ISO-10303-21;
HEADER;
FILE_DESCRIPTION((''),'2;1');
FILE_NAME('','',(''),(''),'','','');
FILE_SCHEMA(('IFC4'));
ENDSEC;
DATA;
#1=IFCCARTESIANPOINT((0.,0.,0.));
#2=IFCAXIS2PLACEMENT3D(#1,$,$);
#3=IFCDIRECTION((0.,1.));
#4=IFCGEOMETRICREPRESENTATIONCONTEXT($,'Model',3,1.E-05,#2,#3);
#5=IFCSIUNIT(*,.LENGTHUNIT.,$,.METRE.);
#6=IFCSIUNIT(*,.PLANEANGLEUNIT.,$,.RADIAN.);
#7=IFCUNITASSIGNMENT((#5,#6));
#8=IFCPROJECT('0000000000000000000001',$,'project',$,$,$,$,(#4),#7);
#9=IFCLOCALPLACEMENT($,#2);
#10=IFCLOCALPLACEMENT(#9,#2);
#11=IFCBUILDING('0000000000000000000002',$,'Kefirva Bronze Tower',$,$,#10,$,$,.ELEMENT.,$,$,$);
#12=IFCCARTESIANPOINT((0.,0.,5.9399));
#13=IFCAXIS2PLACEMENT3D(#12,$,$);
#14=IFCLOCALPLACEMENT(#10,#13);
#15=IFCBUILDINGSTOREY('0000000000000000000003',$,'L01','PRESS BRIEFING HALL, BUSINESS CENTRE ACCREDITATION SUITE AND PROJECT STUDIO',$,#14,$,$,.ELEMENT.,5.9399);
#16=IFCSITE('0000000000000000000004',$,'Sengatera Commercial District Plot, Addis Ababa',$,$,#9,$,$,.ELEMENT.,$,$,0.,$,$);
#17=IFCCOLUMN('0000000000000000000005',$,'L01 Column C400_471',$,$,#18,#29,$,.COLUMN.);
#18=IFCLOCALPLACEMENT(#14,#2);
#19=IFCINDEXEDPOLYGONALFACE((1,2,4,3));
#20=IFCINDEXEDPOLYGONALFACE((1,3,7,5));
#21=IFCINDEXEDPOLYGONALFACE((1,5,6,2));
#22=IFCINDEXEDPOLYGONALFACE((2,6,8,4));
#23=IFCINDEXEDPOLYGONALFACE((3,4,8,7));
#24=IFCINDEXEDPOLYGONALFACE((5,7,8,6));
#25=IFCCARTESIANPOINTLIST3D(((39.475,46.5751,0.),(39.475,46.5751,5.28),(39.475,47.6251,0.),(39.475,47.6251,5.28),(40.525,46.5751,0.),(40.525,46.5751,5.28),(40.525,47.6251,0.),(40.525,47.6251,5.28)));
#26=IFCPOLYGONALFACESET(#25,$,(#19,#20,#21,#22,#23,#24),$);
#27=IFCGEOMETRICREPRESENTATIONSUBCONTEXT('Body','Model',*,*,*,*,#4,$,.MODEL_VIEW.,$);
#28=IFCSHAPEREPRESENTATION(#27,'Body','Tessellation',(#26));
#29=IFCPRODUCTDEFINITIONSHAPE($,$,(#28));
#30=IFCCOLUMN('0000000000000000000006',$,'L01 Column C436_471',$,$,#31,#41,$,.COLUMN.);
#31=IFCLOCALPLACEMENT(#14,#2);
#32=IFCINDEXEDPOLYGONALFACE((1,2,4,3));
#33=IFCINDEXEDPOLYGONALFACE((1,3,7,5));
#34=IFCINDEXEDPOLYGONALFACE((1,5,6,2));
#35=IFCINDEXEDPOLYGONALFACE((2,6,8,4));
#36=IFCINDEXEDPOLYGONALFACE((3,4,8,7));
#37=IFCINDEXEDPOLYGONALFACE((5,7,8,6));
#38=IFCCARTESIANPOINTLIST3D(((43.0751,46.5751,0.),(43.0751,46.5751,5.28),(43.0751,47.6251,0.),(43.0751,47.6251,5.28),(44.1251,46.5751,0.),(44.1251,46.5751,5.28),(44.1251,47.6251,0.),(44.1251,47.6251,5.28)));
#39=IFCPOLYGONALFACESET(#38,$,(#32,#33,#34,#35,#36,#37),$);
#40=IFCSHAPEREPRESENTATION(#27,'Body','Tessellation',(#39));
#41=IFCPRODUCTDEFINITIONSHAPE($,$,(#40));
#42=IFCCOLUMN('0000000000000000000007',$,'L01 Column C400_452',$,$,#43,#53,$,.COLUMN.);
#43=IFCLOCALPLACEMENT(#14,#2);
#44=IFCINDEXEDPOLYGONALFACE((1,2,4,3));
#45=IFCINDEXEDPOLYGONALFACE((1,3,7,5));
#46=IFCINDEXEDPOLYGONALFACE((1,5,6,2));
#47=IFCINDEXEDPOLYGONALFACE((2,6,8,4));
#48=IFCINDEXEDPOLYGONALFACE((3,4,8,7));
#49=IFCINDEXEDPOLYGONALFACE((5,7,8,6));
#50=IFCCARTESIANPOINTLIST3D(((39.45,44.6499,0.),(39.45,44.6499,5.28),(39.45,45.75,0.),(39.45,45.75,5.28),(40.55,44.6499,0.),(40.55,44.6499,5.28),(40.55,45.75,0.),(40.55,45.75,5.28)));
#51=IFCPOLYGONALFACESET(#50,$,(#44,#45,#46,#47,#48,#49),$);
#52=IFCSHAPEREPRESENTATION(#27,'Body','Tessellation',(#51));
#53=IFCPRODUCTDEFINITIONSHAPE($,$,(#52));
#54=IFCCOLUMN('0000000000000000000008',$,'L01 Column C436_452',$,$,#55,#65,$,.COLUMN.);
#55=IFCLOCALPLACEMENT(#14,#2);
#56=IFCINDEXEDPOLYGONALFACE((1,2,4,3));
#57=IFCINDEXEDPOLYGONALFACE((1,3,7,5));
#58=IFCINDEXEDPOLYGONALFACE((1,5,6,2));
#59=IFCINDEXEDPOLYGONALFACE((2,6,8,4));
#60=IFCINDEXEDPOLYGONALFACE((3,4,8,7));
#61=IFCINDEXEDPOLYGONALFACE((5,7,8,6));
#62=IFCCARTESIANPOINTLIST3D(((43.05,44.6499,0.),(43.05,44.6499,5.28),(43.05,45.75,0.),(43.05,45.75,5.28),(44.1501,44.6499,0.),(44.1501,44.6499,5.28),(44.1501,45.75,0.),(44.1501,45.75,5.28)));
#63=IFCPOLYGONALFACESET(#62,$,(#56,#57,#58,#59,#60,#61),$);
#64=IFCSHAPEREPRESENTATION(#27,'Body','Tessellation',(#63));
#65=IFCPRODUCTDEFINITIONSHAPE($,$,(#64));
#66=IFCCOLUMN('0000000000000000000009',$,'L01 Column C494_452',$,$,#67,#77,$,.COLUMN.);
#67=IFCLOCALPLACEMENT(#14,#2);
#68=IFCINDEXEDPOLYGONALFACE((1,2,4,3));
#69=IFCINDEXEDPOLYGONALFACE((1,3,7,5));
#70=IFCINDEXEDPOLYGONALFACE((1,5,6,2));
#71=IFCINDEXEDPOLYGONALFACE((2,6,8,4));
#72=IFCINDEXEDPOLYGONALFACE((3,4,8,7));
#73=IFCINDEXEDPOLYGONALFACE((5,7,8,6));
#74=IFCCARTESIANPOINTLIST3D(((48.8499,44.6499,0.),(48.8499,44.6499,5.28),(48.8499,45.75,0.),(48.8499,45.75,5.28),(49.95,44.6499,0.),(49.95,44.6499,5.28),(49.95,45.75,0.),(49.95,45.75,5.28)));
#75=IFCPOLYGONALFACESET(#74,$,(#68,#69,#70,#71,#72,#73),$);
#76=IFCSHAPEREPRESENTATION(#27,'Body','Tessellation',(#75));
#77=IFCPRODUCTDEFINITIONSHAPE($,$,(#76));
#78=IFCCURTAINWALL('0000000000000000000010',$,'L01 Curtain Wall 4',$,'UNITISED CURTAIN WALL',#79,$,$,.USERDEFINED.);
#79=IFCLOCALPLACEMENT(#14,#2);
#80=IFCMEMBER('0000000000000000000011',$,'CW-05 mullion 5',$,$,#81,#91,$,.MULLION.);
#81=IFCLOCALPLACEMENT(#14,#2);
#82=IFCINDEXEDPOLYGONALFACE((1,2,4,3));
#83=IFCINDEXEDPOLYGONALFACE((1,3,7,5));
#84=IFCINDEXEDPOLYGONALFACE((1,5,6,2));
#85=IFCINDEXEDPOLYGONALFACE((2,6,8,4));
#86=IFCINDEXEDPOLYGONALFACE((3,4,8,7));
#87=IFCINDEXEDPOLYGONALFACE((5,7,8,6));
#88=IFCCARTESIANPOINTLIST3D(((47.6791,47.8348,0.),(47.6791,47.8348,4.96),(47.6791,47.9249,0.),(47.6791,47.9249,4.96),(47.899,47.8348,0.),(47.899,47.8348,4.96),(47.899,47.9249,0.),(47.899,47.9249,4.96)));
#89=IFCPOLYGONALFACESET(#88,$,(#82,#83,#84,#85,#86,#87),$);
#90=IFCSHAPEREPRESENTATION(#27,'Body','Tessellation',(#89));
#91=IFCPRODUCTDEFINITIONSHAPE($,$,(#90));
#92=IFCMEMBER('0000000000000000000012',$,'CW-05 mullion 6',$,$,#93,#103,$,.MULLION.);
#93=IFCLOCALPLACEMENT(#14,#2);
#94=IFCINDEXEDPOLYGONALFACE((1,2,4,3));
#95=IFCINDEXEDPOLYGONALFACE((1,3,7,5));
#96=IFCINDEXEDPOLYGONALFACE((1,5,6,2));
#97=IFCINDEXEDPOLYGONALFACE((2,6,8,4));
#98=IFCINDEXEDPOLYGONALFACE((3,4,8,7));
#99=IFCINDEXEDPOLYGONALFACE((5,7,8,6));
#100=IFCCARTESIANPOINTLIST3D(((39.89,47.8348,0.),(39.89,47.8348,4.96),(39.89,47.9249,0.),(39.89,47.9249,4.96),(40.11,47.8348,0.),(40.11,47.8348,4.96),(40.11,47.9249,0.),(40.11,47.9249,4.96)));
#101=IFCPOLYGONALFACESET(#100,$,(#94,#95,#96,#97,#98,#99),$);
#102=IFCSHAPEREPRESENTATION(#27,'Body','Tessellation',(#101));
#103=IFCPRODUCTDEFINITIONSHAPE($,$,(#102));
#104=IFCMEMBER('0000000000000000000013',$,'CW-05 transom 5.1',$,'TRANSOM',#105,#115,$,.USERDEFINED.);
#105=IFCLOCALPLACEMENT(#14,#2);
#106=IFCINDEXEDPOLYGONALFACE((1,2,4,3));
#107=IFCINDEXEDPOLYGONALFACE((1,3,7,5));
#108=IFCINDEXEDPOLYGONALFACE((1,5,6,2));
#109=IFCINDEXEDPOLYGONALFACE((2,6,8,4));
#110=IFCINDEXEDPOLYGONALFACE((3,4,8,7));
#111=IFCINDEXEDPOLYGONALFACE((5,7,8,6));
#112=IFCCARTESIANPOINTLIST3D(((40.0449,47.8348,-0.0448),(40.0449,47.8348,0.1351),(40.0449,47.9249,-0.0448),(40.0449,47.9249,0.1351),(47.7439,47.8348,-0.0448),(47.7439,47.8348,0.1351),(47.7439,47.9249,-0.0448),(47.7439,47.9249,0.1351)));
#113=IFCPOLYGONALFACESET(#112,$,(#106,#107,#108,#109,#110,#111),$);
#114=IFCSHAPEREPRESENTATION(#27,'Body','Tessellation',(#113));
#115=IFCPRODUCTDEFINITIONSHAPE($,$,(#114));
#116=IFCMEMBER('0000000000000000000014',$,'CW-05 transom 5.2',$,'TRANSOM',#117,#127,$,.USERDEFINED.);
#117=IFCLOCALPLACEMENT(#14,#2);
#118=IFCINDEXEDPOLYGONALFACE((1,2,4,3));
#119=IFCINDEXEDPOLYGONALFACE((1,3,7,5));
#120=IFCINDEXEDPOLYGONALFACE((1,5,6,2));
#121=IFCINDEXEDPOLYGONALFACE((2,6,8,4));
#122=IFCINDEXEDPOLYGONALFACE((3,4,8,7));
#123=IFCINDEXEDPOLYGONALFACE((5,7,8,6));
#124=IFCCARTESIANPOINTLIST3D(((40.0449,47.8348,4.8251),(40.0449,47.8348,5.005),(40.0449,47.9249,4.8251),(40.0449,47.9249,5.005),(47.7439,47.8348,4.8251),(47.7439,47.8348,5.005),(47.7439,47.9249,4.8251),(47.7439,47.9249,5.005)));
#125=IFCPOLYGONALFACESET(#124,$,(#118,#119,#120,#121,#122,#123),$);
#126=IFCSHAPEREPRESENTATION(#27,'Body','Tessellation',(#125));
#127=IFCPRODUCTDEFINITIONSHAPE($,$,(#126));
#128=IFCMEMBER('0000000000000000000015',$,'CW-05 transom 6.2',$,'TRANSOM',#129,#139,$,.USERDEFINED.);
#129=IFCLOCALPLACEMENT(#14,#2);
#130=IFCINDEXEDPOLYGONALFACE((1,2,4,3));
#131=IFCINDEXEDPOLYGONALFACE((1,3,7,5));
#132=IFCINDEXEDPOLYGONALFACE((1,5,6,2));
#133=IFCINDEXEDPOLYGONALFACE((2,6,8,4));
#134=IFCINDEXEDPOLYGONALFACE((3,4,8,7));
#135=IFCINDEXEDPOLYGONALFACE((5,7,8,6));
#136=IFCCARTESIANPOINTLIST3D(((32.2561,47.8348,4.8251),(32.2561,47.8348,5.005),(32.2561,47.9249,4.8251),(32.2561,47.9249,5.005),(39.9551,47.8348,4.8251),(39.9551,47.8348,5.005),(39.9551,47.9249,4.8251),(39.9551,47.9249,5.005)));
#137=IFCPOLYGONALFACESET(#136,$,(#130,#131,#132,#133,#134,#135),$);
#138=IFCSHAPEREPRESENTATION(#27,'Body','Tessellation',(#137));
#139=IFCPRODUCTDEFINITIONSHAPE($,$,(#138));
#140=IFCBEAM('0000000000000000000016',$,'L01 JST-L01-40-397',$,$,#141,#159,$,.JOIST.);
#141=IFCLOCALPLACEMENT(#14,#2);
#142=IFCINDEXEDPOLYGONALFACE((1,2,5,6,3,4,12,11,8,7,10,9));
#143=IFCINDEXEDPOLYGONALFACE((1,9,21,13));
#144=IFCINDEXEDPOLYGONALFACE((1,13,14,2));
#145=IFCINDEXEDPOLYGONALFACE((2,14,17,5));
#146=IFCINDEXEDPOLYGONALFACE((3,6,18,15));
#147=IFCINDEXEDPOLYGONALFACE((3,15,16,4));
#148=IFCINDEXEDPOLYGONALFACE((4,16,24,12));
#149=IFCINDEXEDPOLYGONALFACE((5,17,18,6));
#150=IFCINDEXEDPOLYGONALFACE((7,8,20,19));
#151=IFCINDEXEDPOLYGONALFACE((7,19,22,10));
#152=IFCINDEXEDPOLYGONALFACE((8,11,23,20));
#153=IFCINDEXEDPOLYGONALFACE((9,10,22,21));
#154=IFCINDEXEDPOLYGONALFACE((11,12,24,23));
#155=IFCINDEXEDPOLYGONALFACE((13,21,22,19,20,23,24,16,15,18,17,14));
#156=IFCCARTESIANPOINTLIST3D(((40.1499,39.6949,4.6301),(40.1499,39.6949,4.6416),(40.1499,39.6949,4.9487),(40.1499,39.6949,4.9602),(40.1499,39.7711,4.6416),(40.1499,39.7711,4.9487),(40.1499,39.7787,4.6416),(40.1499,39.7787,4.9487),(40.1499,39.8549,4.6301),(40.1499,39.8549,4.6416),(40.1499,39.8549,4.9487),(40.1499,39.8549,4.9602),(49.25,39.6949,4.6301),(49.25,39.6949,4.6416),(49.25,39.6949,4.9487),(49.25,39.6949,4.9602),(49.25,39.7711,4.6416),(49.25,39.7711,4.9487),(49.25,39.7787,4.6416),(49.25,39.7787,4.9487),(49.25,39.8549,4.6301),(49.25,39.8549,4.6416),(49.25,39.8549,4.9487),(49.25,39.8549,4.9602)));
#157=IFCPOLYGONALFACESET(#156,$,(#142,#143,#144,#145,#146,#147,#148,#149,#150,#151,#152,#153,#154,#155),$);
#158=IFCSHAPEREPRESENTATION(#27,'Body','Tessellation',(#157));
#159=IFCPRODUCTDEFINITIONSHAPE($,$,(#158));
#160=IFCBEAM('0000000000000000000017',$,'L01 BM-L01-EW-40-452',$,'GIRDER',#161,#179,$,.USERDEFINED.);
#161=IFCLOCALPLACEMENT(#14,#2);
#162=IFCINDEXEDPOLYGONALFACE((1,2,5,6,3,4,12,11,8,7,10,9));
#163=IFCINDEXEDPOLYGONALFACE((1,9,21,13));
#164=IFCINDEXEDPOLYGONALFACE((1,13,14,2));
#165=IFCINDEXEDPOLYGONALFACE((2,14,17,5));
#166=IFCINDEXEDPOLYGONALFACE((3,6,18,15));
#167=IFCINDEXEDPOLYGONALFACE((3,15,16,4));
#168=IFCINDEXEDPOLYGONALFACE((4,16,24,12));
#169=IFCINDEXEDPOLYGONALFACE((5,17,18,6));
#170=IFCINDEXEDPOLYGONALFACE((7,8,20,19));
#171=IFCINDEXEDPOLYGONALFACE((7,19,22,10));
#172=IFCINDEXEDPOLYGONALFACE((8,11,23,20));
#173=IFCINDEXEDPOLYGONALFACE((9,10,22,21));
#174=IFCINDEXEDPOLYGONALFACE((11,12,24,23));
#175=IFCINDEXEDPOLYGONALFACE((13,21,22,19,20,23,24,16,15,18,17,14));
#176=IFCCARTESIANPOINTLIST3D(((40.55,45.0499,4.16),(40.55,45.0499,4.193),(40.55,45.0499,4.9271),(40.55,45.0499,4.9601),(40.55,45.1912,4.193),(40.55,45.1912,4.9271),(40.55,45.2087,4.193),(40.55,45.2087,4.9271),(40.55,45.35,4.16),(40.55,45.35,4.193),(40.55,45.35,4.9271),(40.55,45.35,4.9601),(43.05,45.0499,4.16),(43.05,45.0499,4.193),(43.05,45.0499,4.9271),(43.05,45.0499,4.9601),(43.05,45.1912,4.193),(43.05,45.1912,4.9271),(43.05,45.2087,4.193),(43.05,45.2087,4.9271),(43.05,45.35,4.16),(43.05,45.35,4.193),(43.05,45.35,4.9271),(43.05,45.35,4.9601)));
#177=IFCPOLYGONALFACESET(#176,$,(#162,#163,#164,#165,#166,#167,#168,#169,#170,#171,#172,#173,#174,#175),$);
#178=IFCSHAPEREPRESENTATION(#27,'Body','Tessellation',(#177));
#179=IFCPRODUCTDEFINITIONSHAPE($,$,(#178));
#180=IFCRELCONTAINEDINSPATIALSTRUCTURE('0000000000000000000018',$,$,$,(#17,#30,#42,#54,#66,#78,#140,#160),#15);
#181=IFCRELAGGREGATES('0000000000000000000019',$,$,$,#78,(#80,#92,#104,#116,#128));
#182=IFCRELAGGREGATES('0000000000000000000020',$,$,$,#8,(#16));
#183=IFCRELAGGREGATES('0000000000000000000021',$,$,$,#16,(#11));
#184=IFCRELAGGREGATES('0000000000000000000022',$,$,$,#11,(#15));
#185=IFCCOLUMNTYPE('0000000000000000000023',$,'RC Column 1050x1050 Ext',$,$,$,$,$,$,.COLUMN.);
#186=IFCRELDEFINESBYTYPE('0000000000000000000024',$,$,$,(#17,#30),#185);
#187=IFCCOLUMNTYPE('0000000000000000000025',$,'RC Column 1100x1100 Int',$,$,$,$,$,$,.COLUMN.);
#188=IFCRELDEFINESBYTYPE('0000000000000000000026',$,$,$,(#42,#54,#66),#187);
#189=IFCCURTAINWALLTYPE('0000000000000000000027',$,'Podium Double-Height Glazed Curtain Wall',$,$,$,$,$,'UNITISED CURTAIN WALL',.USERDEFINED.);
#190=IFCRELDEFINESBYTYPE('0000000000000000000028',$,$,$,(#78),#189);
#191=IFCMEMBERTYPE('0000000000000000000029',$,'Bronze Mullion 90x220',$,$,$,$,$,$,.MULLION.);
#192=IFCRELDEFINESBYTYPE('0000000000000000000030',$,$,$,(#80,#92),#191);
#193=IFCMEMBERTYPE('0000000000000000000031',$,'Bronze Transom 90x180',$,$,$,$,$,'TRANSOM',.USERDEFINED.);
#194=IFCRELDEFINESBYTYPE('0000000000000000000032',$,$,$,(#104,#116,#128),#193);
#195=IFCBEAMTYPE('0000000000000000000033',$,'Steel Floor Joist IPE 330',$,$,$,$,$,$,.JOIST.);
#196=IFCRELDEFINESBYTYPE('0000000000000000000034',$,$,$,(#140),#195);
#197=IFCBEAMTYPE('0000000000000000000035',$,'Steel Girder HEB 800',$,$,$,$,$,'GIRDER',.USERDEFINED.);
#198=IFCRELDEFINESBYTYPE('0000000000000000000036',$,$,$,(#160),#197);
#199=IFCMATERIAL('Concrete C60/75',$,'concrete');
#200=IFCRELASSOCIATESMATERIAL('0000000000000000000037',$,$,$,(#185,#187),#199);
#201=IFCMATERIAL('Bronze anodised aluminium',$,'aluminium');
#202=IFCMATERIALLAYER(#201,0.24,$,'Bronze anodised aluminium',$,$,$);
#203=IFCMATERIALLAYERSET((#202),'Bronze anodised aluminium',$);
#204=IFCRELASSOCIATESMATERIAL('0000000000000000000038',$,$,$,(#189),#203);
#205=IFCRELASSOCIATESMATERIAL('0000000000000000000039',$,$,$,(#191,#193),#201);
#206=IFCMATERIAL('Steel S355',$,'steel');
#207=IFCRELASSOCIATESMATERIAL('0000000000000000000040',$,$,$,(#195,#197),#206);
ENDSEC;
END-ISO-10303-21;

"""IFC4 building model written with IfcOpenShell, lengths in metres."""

from ifc_helpers import new_model, si_unit, direction, frame, origin, origin_2d, place, context, subcontext, project, spatial, rectangle, i_section, extrude, material, layer, layer_set, material_profile, profile_set, type_object, element, aggregate, save


model = new_model("IFC4")

# Units and contexts
model_context = context("Model", 3, precision=1e-05, world=origin(), true_north=direction((0.0, 1.0)))
body_context = subcontext(model_context, "Body", "Model", "MODEL_VIEW")
ifc_project = project(units=[si_unit("LENGTHUNIT", "METRE"), si_unit("PLANEANGLEUNIT", "RADIAN")], contexts=[model_context])

# Site, building, storey
site_placement = place(None, origin())
site = spatial("IfcSite", under=ifc_project, at=site_placement, Name="Sengatera Commercial District Plot, Addis Ababa", CompositionType="ELEMENT", RefElevation=0.0)
building_placement = place(site_placement, origin())
building = spatial("IfcBuilding", under=site, at=building_placement, Name="Kefirva Bronze Tower", CompositionType="ELEMENT")
storey_placement = place(building_placement, frame((0.0, 0.0, 5.9399)))
storey = spatial("IfcBuildingStorey", under=building, at=storey_placement, Name="L01", Description="PRESS BRIEFING HALL, BUSINESS CENTRE ACCREDITATION SUITE AND PROJECT STUDIO", CompositionType="ELEMENT", Elevation=5.9399)

# Columns
ifc_material_1 = material(Name="Concrete C60/75", Category="concrete")
ifc_material_profile_1 = material_profile(ifc_material_1, rectangle(XDim=1.05, YDim=1.05, at=origin_2d()), Name="RC 1050x1050")
ifc_profile_set_1 = profile_set([ifc_material_profile_1], Name="Concrete C60/75")
column_type_1 = type_object("IfcColumnType", Name="RC Column 1050x1050 Ext", PredefinedType="COLUMN", material=ifc_profile_set_1)
for number, where, z_axis, x_axis, name in (
    (1, (40.0, 47.1001, 0.0), (0.0, 0.0, 1.0), (1.0, 0.0, 0.0), "L01 Column C400_471"),
    (2, (43.6001, 47.1001, 0.0), (0.0, 0.0, 1.0), (1.0, 0.0, 0.0), "L01 Column C436_471"),
):
    element("IfcColumn", number, at=place(storey_placement, frame(where, z_axis=z_axis, x_axis=x_axis)), inside=storey, type_object=column_type_1, Name=name, PredefinedType="COLUMN", context=body_context, shape_type="SweptSolid", body=[
        extrude(rectangle(XDim=1.05, YDim=1.05, at=origin_2d()), origin(), (0.0, 0.0, 1.0), 5.28),
    ])
ifc_material_profile_2 = material_profile(ifc_material_1, rectangle(XDim=1.1001, YDim=1.1001, at=origin_2d()), Name="RC 1100x1100")
ifc_profile_set_2 = profile_set([ifc_material_profile_2], Name="Concrete C60/75")
column_type_2 = type_object("IfcColumnType", Name="RC Column 1100x1100 Int", PredefinedType="COLUMN", material=ifc_profile_set_2)
for number, where, z_axis, x_axis, name in (
    (3, (40.0, 45.2, 0.0), (0.0, 0.0, 1.0), (1.0, 0.0, 0.0), "L01 Column C400_452"),
    (4, (43.6001, 45.2, 0.0), (0.0, 0.0, 1.0), (1.0, 0.0, 0.0), "L01 Column C436_452"),
    (5, (49.3999, 45.2, 0.0), (0.0, 0.0, 1.0), (1.0, 0.0, 0.0), "L01 Column C494_452"),
):
    element("IfcColumn", number, at=place(storey_placement, frame(where, z_axis=z_axis, x_axis=x_axis)), inside=storey, type_object=column_type_2, Name=name, PredefinedType="COLUMN", context=body_context, shape_type="SweptSolid", body=[
        extrude(rectangle(XDim=1.1001, YDim=1.1001, at=origin_2d()), origin(), (0.0, 0.0, 1.0), 5.28),
    ])

# Curtain wall, members
ifc_material_2 = material(Name="Bronze anodised aluminium", Category="aluminium")
ifc_layer_1 = layer(ifc_material_2, 0.24, Name="Bronze anodised aluminium")
ifc_layer_set_1 = layer_set([ifc_layer_1], Name="Bronze anodised aluminium")
curtain_wall_type = type_object("IfcCurtainWallType", Name="Podium Double-Height Glazed Curtain Wall", ElementType="UNITISED CURTAIN WALL", PredefinedType="USERDEFINED", material=ifc_layer_set_1)
curtain_wall_placement = place(storey_placement, origin())
curtain_wall = element("IfcCurtainWall", 6, at=curtain_wall_placement, inside=storey, type_object=curtain_wall_type, Name="L01 Curtain Wall 4", ObjectType="UNITISED CURTAIN WALL", PredefinedType="USERDEFINED")
ifc_material_profile_3 = material_profile(ifc_material_2, rectangle(XDim=0.0901, YDim=0.22, at=origin_2d()), Name="ALU 90x220")
ifc_profile_set_3 = profile_set([ifc_material_profile_3], Name="Bronze anodised aluminium")
member_type_1 = type_object("IfcMemberType", Name="Bronze Mullion 90x220", PredefinedType="MULLION", material=ifc_profile_set_3)
member_1_placement = place(storey_placement, frame((47.7891, 47.8799, 0.0), z_axis=(0.0, 0.0, 1.0), x_axis=(0.0, -1.0, 0.0)))
member_1 = element("IfcMember", 7, at=member_1_placement, type_object=member_type_1, Name="CW-05 mullion 5", PredefinedType="MULLION", context=body_context, shape_type="SweptSolid", body=[
    extrude(rectangle(XDim=0.0901, YDim=0.22, at=origin_2d()), origin(), (0.0, 0.0, 1.0), 4.96),
])
member_2_placement = place(storey_placement, frame((40.0, 47.8799, 0.0), z_axis=(0.0, 0.0, 1.0), x_axis=(0.0, -1.0, 0.0)))
member_2 = element("IfcMember", 8, at=member_2_placement, type_object=member_type_1, Name="CW-05 mullion 6", PredefinedType="MULLION", context=body_context, shape_type="SweptSolid", body=[
    extrude(rectangle(XDim=0.0901, YDim=0.22, at=origin_2d()), origin(), (0.0, 0.0, 1.0), 4.96),
])
ifc_material_profile_4 = material_profile(ifc_material_2, rectangle(XDim=0.0901, YDim=0.1799, at=origin_2d()), Name="ALU 90x180")
ifc_profile_set_4 = profile_set([ifc_material_profile_4], Name="Bronze anodised aluminium")
member_type_2 = type_object("IfcMemberType", Name="Bronze Transom 90x180", ElementType="TRANSOM", PredefinedType="USERDEFINED", material=ifc_profile_set_4)
member_3_placement = place(storey_placement, frame((47.7439, 47.8799, 0.0452), z_axis=(-1.0, 0.0, 0.0), x_axis=(0.0, -1.0, 0.0)))
member_3 = element("IfcMember", 9, at=member_3_placement, type_object=member_type_2, Name="CW-05 transom 5.1", ObjectType="TRANSOM", PredefinedType="USERDEFINED", context=body_context, shape_type="SweptSolid", body=[
    extrude(rectangle(XDim=0.0901, YDim=0.1799, at=origin_2d()), origin(), (0.0, 0.0, 1.0), 7.699),
])
member_4_placement = place(storey_placement, frame((47.7439, 47.8799, 4.915), z_axis=(-1.0, 0.0, 0.0), x_axis=(0.0, -1.0, 0.0)))
member_4 = element("IfcMember", 10, at=member_4_placement, type_object=member_type_2, Name="CW-05 transom 5.2", ObjectType="TRANSOM", PredefinedType="USERDEFINED", context=body_context, shape_type="SweptSolid", body=[
    extrude(rectangle(XDim=0.0901, YDim=0.1799, at=origin_2d()), origin(), (0.0, 0.0, 1.0), 7.699),
])
member_5_placement = place(storey_placement, frame((39.9551, 47.8799, 4.915), z_axis=(-1.0, 0.0, 0.0), x_axis=(0.0, -1.0, 0.0)))
member_5 = element("IfcMember", 11, at=member_5_placement, type_object=member_type_2, Name="CW-05 transom 6.2", ObjectType="TRANSOM", PredefinedType="USERDEFINED", context=body_context, shape_type="SweptSolid", body=[
    extrude(rectangle(XDim=0.0901, YDim=0.1799, at=origin_2d()), origin(), (0.0, 0.0, 1.0), 7.699),
])

# Beams
ifc_material_3 = material(Name="Steel S355", Category="steel")
ifc_material_profile_5 = material_profile(ifc_material_3, i_section(OverallWidth=0.1599, OverallDepth=0.3301, WebThickness=0.0076, FlangeThickness=0.0115, at=origin_2d()), Name="IPE 330")
ifc_profile_set_5 = profile_set([ifc_material_profile_5], Name="Steel S355")
beam_type_1 = type_object("IfcBeamType", Name="Steel Floor Joist IPE 330", PredefinedType="JOIST", material=ifc_profile_set_5)
beam_1_placement = place(storey_placement, frame((40.1499, 39.7749, 4.7952), z_axis=(1.0, 0.0, 0.0), x_axis=(0.0, 1.0, 0.0)))
element("IfcBeam", 12, at=beam_1_placement, inside=storey, type_object=beam_type_1, Name="L01 JST-L01-40-397", PredefinedType="JOIST", context=body_context, shape_type="SweptSolid", body=[
    extrude(i_section(OverallWidth=0.1599, OverallDepth=0.3301, WebThickness=0.0076, FlangeThickness=0.0115, at=origin_2d()), origin(), (0.0, 0.0, 1.0), 9.1001),
])
ifc_material_profile_6 = material_profile(ifc_material_3, i_section(OverallWidth=0.3, OverallDepth=0.8, WebThickness=0.0176, FlangeThickness=0.033, at=origin_2d()), Name="HEB 800")
ifc_profile_set_6 = profile_set([ifc_material_profile_6], Name="Steel S355")
beam_type_2 = type_object("IfcBeamType", Name="Steel Girder HEB 800", ElementType="GIRDER", PredefinedType="USERDEFINED", material=ifc_profile_set_6)
beam_2_placement = place(storey_placement, frame((40.55, 45.2, 4.5601), z_axis=(1.0, 0.0, 0.0), x_axis=(0.0, 1.0, 0.0)))
element("IfcBeam", 13, at=beam_2_placement, inside=storey, type_object=beam_type_2, Name="L01 BM-L01-EW-40-452", ObjectType="GIRDER", PredefinedType="USERDEFINED", context=body_context, shape_type="SweptSolid", body=[
    extrude(i_section(OverallWidth=0.3, OverallDepth=0.8, WebThickness=0.0176, FlangeThickness=0.033, at=origin_2d()), origin(), (0.0, 0.0, 1.0), 2.5),
])

aggregate(curtain_wall, [member_1, member_2, member_3, member_4, member_5])

save(model, "model.ifc")
